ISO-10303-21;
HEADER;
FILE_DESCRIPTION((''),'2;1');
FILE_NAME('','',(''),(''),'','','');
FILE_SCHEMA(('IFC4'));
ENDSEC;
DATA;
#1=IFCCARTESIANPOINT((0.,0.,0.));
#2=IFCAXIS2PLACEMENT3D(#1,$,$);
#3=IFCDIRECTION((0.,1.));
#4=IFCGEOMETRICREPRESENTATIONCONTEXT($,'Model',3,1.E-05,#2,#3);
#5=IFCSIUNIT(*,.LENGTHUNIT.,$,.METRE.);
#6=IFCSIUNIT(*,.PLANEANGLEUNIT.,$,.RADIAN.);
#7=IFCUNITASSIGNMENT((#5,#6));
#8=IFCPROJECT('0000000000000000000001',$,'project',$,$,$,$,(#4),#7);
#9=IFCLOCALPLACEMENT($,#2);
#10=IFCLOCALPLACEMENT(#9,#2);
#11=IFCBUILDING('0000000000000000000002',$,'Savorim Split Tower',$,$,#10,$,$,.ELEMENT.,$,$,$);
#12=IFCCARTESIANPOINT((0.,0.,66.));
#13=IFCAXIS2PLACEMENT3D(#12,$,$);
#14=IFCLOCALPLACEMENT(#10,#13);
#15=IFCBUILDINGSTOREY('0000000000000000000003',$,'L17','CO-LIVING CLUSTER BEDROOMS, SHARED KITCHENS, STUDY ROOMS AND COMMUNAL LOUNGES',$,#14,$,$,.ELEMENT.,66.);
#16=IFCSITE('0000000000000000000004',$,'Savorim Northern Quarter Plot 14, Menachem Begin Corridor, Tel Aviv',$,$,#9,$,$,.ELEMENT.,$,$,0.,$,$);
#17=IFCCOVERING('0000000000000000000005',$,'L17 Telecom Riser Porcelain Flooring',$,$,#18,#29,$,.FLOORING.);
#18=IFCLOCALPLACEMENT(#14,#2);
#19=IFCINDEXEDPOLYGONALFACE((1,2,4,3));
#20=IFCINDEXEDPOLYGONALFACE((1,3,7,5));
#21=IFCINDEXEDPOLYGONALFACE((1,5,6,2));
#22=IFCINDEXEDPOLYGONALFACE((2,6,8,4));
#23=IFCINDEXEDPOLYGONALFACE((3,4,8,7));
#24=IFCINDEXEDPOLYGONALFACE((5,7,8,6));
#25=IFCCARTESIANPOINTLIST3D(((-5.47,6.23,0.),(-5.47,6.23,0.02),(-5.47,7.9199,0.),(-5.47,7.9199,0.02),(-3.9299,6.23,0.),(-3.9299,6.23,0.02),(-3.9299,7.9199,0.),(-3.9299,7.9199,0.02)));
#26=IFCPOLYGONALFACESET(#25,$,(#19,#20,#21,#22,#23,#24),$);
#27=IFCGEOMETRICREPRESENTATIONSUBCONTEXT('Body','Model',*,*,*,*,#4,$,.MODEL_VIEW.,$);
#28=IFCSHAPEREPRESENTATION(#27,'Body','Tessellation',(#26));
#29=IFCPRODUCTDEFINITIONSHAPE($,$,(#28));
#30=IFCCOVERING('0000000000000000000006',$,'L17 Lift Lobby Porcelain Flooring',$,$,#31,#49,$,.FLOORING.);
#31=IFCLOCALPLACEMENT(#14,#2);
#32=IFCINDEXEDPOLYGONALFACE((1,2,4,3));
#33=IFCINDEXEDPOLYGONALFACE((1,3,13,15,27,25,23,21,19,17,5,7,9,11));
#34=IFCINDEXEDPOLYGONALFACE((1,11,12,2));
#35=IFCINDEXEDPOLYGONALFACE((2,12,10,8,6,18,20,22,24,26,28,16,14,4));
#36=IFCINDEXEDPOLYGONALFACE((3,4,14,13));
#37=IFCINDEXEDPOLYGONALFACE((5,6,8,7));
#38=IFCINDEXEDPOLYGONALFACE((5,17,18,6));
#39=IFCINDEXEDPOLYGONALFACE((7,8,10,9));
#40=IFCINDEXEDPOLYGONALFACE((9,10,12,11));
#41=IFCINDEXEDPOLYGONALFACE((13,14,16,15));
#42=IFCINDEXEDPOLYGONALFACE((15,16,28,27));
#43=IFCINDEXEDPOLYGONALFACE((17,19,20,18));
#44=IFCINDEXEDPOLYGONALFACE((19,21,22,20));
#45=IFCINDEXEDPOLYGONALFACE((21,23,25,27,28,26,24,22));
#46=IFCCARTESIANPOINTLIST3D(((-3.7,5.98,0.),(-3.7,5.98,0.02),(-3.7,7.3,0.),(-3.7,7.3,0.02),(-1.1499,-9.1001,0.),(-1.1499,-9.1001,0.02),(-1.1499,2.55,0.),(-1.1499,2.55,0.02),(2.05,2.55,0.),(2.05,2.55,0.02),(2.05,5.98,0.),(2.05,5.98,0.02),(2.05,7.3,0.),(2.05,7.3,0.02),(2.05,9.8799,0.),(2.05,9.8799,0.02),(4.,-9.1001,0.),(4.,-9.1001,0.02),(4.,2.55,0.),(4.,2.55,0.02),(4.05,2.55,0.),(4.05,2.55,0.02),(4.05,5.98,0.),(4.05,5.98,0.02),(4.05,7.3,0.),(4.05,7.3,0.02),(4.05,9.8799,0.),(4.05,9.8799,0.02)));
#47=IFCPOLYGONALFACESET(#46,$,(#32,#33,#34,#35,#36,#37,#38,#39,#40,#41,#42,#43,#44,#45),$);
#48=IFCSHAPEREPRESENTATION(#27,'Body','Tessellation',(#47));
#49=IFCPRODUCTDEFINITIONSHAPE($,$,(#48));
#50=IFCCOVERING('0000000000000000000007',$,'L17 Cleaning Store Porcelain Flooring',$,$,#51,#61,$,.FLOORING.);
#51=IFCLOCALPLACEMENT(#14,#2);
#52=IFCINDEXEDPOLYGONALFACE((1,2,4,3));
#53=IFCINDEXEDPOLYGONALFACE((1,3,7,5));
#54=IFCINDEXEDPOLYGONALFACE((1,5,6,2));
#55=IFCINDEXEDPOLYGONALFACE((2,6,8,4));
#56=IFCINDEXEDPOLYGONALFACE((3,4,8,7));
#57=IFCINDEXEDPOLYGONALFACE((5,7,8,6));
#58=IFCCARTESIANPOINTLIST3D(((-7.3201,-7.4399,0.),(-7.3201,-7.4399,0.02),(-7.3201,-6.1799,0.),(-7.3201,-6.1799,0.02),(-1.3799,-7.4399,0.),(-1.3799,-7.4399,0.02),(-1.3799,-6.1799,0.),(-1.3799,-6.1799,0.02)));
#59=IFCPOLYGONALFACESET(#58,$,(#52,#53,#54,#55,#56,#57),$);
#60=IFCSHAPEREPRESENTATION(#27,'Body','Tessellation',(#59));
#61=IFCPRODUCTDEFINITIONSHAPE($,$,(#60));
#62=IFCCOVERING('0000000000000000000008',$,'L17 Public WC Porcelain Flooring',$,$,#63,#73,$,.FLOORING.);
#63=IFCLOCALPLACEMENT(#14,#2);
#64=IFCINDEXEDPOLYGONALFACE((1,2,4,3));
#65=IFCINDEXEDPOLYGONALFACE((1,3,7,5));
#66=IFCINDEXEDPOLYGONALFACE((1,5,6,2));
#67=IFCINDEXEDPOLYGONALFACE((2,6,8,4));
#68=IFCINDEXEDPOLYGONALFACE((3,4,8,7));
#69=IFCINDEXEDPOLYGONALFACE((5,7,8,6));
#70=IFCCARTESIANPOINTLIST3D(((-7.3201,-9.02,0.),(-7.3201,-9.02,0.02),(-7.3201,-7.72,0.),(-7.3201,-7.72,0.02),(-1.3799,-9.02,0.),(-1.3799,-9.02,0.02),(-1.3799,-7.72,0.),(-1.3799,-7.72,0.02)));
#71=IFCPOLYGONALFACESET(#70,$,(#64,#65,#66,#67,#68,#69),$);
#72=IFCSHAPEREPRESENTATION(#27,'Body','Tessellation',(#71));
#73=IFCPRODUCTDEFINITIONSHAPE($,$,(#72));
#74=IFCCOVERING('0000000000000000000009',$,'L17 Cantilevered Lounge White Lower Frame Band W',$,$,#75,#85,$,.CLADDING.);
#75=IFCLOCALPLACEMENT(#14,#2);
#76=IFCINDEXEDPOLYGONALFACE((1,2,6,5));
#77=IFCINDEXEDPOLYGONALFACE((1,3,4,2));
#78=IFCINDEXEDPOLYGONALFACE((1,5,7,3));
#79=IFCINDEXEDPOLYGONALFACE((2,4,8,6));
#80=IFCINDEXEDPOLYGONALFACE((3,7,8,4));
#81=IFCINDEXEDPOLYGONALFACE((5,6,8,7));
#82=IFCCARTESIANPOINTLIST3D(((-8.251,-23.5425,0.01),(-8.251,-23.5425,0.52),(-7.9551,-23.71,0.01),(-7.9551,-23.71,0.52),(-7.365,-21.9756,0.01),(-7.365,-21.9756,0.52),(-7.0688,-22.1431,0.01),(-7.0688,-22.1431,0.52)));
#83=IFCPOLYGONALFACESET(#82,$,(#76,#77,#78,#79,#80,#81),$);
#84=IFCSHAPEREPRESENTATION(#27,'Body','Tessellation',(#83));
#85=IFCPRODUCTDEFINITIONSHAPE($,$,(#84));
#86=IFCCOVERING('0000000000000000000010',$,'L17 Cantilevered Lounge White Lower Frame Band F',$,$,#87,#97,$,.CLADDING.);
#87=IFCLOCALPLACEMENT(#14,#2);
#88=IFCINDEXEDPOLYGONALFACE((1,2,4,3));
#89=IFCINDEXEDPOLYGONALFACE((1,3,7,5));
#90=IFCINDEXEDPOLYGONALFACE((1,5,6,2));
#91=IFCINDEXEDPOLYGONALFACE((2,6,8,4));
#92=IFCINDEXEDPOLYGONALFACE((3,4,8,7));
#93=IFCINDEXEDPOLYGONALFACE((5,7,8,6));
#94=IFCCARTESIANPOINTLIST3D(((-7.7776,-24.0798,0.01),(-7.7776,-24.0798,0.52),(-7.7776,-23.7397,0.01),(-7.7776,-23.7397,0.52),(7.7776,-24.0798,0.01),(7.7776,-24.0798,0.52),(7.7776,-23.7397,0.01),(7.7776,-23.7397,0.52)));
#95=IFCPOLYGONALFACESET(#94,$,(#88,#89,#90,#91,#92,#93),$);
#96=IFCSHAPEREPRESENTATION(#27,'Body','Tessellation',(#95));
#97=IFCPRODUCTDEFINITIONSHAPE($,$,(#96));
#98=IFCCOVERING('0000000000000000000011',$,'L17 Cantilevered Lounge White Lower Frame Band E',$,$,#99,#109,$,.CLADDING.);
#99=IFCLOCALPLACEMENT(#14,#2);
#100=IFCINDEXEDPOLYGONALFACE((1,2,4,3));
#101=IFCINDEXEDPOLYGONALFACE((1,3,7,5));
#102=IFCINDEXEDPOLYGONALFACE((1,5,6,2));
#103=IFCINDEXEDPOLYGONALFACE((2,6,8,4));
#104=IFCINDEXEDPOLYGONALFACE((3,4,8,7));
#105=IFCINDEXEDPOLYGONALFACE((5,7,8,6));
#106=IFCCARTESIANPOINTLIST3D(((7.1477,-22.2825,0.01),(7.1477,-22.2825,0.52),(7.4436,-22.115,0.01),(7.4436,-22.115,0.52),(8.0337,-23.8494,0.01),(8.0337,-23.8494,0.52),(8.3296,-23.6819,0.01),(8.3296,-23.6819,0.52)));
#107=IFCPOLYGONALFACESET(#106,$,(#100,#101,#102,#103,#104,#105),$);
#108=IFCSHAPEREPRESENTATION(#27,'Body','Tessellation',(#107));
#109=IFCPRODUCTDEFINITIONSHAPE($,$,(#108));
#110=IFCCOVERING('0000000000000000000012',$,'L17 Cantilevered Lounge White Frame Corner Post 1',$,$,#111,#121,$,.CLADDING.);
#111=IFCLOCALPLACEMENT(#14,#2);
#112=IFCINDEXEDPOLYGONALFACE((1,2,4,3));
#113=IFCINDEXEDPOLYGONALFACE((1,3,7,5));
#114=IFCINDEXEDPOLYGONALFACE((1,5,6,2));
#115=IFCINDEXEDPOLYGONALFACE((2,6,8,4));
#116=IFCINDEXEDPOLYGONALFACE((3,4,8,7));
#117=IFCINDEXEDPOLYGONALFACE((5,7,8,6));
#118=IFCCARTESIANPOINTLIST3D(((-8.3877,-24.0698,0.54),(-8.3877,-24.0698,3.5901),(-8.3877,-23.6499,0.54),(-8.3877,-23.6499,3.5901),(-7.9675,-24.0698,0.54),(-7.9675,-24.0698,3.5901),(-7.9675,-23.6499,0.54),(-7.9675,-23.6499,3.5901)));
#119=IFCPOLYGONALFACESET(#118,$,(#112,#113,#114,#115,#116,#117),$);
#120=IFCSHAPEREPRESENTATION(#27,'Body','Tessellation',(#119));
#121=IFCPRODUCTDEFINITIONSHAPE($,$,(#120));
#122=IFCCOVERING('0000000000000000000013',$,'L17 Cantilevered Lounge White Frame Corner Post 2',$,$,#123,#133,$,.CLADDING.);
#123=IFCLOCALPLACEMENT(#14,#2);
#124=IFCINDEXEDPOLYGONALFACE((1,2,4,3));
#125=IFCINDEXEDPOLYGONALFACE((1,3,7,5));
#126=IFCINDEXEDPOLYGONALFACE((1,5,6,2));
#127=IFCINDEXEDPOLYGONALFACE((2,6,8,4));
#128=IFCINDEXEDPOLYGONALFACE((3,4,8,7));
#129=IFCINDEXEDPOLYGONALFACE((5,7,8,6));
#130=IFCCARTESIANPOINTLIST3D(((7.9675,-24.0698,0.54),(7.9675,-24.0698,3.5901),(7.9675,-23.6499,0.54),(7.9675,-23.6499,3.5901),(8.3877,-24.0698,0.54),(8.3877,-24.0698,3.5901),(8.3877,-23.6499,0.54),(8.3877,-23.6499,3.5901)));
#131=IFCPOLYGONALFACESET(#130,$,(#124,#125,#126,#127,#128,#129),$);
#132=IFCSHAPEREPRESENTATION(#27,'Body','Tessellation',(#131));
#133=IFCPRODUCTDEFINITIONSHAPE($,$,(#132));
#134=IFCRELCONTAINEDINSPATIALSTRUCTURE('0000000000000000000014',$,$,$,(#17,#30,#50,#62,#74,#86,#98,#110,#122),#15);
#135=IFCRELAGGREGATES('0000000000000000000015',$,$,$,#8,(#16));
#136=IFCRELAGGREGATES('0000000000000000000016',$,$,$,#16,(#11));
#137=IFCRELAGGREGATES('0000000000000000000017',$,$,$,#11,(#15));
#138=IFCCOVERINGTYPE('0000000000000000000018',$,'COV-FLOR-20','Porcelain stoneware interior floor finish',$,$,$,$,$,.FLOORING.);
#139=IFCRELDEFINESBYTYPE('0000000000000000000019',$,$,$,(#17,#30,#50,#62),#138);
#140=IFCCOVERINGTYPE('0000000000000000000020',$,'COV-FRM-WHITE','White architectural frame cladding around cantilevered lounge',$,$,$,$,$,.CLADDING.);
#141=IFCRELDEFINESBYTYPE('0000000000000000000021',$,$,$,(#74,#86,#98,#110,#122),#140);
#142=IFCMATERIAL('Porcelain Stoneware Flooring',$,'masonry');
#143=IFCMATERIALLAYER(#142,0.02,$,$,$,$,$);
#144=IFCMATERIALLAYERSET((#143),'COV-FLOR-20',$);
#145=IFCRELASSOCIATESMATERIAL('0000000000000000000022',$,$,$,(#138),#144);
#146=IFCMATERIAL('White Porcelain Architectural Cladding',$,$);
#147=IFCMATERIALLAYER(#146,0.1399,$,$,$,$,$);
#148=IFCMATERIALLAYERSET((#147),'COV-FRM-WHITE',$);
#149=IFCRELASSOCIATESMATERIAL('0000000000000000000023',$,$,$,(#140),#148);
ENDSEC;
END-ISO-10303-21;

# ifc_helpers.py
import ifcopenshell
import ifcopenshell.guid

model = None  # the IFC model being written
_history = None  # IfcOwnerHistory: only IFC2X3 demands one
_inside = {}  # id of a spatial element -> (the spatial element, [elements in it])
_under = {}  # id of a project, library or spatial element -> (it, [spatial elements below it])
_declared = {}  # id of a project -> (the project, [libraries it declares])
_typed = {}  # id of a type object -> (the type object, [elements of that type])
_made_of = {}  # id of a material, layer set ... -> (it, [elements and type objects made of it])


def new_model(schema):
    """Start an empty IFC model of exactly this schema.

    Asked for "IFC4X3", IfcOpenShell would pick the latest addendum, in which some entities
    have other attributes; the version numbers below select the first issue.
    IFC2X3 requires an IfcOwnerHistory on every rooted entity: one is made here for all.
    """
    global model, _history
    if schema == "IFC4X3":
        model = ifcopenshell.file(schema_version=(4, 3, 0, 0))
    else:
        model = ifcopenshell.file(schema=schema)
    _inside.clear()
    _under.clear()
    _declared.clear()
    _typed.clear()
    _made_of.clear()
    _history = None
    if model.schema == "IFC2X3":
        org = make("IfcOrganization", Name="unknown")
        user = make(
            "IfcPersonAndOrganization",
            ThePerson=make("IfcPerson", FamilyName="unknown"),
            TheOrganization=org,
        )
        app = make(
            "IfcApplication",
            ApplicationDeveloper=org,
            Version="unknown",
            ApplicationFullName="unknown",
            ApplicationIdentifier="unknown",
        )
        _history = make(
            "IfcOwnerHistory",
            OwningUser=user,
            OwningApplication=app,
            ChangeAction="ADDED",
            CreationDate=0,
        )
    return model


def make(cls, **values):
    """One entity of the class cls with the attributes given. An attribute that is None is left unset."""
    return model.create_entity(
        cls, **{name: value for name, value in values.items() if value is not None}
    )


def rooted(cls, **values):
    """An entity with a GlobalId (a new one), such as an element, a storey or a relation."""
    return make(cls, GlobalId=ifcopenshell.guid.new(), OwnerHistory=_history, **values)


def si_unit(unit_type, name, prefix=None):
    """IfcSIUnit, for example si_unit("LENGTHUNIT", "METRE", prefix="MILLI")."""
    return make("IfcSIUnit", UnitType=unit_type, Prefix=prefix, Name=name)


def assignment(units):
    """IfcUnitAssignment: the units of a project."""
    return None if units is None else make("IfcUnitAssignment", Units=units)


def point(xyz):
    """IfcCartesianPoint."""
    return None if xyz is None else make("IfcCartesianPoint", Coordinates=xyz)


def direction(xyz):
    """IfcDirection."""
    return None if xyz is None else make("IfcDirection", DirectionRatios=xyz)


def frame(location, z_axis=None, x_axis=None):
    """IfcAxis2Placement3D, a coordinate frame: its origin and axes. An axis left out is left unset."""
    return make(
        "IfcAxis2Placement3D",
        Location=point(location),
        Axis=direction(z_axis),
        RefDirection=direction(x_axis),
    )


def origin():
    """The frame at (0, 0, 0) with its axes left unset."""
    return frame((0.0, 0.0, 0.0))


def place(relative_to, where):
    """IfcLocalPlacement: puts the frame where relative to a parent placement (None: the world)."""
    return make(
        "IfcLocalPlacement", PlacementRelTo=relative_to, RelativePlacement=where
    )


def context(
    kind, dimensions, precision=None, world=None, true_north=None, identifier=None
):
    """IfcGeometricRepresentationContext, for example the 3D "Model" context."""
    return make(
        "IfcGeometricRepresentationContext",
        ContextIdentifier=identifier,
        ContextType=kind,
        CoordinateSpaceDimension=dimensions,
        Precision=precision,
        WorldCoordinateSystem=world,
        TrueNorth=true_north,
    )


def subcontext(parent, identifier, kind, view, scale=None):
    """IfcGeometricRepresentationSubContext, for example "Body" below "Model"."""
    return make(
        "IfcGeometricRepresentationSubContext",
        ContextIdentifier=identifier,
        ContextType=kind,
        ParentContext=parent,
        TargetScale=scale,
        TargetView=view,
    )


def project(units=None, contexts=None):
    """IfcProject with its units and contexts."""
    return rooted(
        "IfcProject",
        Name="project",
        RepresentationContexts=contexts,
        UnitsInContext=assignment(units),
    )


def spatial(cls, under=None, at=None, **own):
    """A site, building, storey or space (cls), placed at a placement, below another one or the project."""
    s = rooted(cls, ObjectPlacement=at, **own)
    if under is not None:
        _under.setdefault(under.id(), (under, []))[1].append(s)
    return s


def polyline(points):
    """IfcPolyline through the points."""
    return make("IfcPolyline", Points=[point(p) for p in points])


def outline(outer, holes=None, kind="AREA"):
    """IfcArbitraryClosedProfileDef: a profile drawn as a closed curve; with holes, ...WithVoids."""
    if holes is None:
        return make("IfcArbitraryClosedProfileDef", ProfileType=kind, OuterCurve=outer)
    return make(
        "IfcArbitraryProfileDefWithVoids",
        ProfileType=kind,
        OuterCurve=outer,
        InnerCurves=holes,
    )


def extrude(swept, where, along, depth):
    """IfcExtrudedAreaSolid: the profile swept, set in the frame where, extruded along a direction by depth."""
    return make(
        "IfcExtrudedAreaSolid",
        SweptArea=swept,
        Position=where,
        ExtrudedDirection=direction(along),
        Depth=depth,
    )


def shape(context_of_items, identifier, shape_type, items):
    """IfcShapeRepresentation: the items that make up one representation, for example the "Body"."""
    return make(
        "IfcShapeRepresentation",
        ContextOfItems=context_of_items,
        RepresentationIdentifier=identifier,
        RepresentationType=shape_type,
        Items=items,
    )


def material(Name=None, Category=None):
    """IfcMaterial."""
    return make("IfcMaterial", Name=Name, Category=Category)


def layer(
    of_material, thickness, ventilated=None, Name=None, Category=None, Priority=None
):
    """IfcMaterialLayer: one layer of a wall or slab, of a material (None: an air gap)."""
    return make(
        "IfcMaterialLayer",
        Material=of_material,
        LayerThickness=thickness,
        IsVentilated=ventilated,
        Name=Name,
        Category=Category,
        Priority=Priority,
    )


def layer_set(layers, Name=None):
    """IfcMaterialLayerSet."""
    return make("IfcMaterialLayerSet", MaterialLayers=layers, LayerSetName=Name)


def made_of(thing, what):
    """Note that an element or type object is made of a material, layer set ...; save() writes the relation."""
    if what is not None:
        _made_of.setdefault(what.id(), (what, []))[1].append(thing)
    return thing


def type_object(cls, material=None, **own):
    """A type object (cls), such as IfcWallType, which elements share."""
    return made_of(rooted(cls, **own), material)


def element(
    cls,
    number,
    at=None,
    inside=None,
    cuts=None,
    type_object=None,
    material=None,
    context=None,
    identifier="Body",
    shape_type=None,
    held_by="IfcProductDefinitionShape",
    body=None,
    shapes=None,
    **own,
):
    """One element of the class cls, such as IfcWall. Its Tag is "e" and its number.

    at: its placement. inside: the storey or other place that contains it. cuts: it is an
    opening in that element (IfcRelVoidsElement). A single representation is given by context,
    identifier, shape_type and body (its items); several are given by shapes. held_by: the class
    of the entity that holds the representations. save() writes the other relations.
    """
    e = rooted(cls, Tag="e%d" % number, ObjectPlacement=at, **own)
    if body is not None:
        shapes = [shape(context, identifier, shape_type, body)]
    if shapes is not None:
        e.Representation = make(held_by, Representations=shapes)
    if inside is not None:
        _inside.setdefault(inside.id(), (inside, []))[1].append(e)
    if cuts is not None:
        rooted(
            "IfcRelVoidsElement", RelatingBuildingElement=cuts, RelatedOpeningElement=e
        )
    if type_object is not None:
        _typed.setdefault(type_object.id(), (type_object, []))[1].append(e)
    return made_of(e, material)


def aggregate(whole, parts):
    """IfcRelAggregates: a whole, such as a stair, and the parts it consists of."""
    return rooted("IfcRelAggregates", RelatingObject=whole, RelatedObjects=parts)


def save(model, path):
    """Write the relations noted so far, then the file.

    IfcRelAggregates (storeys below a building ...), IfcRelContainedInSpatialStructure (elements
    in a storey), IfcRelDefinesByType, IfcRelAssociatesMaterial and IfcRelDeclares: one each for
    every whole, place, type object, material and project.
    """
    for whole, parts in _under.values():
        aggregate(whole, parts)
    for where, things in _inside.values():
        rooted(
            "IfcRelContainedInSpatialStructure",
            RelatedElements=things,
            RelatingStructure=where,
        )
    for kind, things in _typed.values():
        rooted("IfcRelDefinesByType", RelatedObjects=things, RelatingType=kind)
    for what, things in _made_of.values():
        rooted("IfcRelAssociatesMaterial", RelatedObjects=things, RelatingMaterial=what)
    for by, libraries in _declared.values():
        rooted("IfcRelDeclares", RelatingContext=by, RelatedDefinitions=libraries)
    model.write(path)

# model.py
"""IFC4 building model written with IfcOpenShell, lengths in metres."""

from ifc_helpers import new_model, si_unit, direction, frame, origin, place, context, subcontext, project, spatial, polyline, outline, extrude, material, layer, layer_set, type_object, element, save


model = new_model("IFC4")

# Units and contexts
model_context = context("Model", 3, precision=1e-05, world=origin(), true_north=direction((0.0, 1.0)))
body_context = subcontext(model_context, "Body", "Model", "MODEL_VIEW")
ifc_project = project(units=[si_unit("LENGTHUNIT", "METRE"), si_unit("PLANEANGLEUNIT", "RADIAN")], contexts=[model_context])

# Site, building, storey
site_placement = place(None, origin())
site = spatial("IfcSite", under=ifc_project, at=site_placement, Name="Savorim Northern Quarter Plot 14, Menachem Begin Corridor, Tel Aviv", CompositionType="ELEMENT", RefElevation=0.0)
building_placement = place(site_placement, origin())
building = spatial("IfcBuilding", under=site, at=building_placement, Name="Savorim Split Tower", CompositionType="ELEMENT")
storey_placement = place(building_placement, frame((0.0, 0.0, 66.0)))
storey = spatial("IfcBuildingStorey", under=building, at=storey_placement, Name="L17", Description="CO-LIVING CLUSTER BEDROOMS, SHARED KITCHENS, STUDY ROOMS AND COMMUNAL LOUNGES", CompositionType="ELEMENT", Elevation=66.0)

# Coverings
ifc_material_1 = material(Name="Porcelain Stoneware Flooring", Category="masonry")
ifc_layer_1 = layer(ifc_material_1, 0.02)
ifc_layer_set_1 = layer_set([ifc_layer_1], Name="COV-FLOR-20")
covering_type_1 = type_object("IfcCoveringType", Name="COV-FLOR-20", Description="Porcelain stoneware interior floor finish", PredefinedType="FLOORING", material=ifc_layer_set_1)
covering_1_placement = place(storey_placement, origin())
element("IfcCovering", 1, at=covering_1_placement, inside=storey, type_object=covering_type_1, Name="L17 Telecom Riser Porcelain Flooring", PredefinedType="FLOORING", context=body_context, shape_type="SweptSolid", body=[
    extrude(outline(polyline([(-5.47, 7.9199), (-5.47, 6.23), (-3.9299, 6.23), (-3.9299, 7.9199), (-5.47, 7.9199)])), origin(), (0.0, 0.0, 1.0), 0.02),
])
covering_2_placement = place(storey_placement, origin())
element("IfcCovering", 2, at=covering_2_placement, inside=storey, type_object=covering_type_1, Name="L17 Lift Lobby Porcelain Flooring", PredefinedType="FLOORING", context=body_context, shape_type="SweptSolid", body=[
    extrude(outline(polyline([(2.05, 2.55), (-1.1499, 2.55), (-1.1499, -9.1001), (4.0, -9.1001), (4.0, 2.55), (4.05, 2.55), (4.05, 5.98), (4.05, 7.3), (4.05, 9.8799), (2.05, 9.8799), (2.05, 7.3), (-3.7, 7.3), (-3.7, 5.98), (2.05, 5.98), (2.05, 2.55)])), origin(), (0.0, 0.0, 1.0), 0.02),
])
covering_3_placement = place(storey_placement, origin())
element("IfcCovering", 3, at=covering_3_placement, inside=storey, type_object=covering_type_1, Name="L17 Cleaning Store Porcelain Flooring", PredefinedType="FLOORING", context=body_context, shape_type="SweptSolid", body=[
    extrude(outline(polyline([(-7.3201, -6.1799), (-7.3201, -7.4399), (-1.3799, -7.4399), (-1.3799, -6.1799), (-7.3201, -6.1799)])), origin(), (0.0, 0.0, 1.0), 0.02),
])
covering_4_placement = place(storey_placement, origin())
element("IfcCovering", 4, at=covering_4_placement, inside=storey, type_object=covering_type_1, Name="L17 Public WC Porcelain Flooring", PredefinedType="FLOORING", context=body_context, shape_type="SweptSolid", body=[
    extrude(outline(polyline([(-7.3201, -7.72), (-7.3201, -9.02), (-1.3799, -9.02), (-1.3799, -7.72), (-7.3201, -7.72)])), origin(), (0.0, 0.0, 1.0), 0.02),
])
ifc_material_2 = material(Name="White Porcelain Architectural Cladding")
ifc_layer_2 = layer(ifc_material_2, 0.1399)
ifc_layer_set_2 = layer_set([ifc_layer_2], Name="COV-FRM-WHITE")
covering_type_2 = type_object("IfcCoveringType", Name="COV-FRM-WHITE", Description="White architectural frame cladding around cantilevered lounge", PredefinedType="CLADDING", material=ifc_layer_set_2)
covering_5_placement = place(storey_placement, frame((0.0, 0.0, 0.01)))
element("IfcCovering", 5, at=covering_5_placement, inside=storey, type_object=covering_type_2, Name="L17 Cantilevered Lounge White Lower Frame Band W", PredefinedType="CLADDING", context=body_context, shape_type="SweptSolid", body=[
    extrude(outline(polyline([(-7.365, -21.9756), (-8.251, -23.5425), (-7.9551, -23.71), (-7.0688, -22.1431), (-7.365, -21.9756)])), origin(), (0.0, 0.0, 1.0), 0.51),
])
covering_6_placement = place(storey_placement, frame((0.0, 0.0, 0.01)))
element("IfcCovering", 6, at=covering_6_placement, inside=storey, type_object=covering_type_2, Name="L17 Cantilevered Lounge White Lower Frame Band F", PredefinedType="CLADDING", context=body_context, shape_type="SweptSolid", body=[
    extrude(outline(polyline([(-7.7776, -24.0798), (7.7776, -24.0798), (7.7776, -23.7397), (-7.7776, -23.7397), (-7.7776, -24.0798)])), origin(), (0.0, 0.0, 1.0), 0.51),
])
covering_7_placement = place(storey_placement, frame((0.0, 0.0, 0.01)))
element("IfcCovering", 7, at=covering_7_placement, inside=storey, type_object=covering_type_2, Name="L17 Cantilevered Lounge White Lower Frame Band E", PredefinedType="CLADDING", context=body_context, shape_type="SweptSolid", body=[
    extrude(outline(polyline([(8.3296, -23.6819), (7.4436, -22.115), (7.1477, -22.2825), (8.0337, -23.8494), (8.3296, -23.6819)])), origin(), (0.0, 0.0, 1.0), 0.51),
])
covering_8_placement = place(storey_placement, frame((0.0, 0.0, 0.54)))
element("IfcCovering", 8, at=covering_8_placement, inside=storey, type_object=covering_type_2, Name="L17 Cantilevered Lounge White Frame Corner Post 1", PredefinedType="CLADDING", context=body_context, shape_type="SweptSolid", body=[
    extrude(outline(polyline([(-8.3877, -24.0698), (-7.9675, -24.0698), (-7.9675, -23.6499), (-8.3877, -23.6499), (-8.3877, -24.0698)])), origin(), (0.0, 0.0, 1.0), 3.05),
])
covering_9_placement = place(storey_placement, frame((0.0, 0.0, 0.54)))
element("IfcCovering", 9, at=covering_9_placement, inside=storey, type_object=covering_type_2, Name="L17 Cantilevered Lounge White Frame Corner Post 2", PredefinedType="CLADDING", context=body_context, shape_type="SweptSolid", body=[
    extrude(outline(polyline([(7.9675, -24.0698), (8.3877, -24.0698), (8.3877, -23.6499), (7.9675, -23.6499), (7.9675, -24.0698)])), origin(), (0.0, 0.0, 1.0), 3.05),
])

save(model, "model.ifc")
